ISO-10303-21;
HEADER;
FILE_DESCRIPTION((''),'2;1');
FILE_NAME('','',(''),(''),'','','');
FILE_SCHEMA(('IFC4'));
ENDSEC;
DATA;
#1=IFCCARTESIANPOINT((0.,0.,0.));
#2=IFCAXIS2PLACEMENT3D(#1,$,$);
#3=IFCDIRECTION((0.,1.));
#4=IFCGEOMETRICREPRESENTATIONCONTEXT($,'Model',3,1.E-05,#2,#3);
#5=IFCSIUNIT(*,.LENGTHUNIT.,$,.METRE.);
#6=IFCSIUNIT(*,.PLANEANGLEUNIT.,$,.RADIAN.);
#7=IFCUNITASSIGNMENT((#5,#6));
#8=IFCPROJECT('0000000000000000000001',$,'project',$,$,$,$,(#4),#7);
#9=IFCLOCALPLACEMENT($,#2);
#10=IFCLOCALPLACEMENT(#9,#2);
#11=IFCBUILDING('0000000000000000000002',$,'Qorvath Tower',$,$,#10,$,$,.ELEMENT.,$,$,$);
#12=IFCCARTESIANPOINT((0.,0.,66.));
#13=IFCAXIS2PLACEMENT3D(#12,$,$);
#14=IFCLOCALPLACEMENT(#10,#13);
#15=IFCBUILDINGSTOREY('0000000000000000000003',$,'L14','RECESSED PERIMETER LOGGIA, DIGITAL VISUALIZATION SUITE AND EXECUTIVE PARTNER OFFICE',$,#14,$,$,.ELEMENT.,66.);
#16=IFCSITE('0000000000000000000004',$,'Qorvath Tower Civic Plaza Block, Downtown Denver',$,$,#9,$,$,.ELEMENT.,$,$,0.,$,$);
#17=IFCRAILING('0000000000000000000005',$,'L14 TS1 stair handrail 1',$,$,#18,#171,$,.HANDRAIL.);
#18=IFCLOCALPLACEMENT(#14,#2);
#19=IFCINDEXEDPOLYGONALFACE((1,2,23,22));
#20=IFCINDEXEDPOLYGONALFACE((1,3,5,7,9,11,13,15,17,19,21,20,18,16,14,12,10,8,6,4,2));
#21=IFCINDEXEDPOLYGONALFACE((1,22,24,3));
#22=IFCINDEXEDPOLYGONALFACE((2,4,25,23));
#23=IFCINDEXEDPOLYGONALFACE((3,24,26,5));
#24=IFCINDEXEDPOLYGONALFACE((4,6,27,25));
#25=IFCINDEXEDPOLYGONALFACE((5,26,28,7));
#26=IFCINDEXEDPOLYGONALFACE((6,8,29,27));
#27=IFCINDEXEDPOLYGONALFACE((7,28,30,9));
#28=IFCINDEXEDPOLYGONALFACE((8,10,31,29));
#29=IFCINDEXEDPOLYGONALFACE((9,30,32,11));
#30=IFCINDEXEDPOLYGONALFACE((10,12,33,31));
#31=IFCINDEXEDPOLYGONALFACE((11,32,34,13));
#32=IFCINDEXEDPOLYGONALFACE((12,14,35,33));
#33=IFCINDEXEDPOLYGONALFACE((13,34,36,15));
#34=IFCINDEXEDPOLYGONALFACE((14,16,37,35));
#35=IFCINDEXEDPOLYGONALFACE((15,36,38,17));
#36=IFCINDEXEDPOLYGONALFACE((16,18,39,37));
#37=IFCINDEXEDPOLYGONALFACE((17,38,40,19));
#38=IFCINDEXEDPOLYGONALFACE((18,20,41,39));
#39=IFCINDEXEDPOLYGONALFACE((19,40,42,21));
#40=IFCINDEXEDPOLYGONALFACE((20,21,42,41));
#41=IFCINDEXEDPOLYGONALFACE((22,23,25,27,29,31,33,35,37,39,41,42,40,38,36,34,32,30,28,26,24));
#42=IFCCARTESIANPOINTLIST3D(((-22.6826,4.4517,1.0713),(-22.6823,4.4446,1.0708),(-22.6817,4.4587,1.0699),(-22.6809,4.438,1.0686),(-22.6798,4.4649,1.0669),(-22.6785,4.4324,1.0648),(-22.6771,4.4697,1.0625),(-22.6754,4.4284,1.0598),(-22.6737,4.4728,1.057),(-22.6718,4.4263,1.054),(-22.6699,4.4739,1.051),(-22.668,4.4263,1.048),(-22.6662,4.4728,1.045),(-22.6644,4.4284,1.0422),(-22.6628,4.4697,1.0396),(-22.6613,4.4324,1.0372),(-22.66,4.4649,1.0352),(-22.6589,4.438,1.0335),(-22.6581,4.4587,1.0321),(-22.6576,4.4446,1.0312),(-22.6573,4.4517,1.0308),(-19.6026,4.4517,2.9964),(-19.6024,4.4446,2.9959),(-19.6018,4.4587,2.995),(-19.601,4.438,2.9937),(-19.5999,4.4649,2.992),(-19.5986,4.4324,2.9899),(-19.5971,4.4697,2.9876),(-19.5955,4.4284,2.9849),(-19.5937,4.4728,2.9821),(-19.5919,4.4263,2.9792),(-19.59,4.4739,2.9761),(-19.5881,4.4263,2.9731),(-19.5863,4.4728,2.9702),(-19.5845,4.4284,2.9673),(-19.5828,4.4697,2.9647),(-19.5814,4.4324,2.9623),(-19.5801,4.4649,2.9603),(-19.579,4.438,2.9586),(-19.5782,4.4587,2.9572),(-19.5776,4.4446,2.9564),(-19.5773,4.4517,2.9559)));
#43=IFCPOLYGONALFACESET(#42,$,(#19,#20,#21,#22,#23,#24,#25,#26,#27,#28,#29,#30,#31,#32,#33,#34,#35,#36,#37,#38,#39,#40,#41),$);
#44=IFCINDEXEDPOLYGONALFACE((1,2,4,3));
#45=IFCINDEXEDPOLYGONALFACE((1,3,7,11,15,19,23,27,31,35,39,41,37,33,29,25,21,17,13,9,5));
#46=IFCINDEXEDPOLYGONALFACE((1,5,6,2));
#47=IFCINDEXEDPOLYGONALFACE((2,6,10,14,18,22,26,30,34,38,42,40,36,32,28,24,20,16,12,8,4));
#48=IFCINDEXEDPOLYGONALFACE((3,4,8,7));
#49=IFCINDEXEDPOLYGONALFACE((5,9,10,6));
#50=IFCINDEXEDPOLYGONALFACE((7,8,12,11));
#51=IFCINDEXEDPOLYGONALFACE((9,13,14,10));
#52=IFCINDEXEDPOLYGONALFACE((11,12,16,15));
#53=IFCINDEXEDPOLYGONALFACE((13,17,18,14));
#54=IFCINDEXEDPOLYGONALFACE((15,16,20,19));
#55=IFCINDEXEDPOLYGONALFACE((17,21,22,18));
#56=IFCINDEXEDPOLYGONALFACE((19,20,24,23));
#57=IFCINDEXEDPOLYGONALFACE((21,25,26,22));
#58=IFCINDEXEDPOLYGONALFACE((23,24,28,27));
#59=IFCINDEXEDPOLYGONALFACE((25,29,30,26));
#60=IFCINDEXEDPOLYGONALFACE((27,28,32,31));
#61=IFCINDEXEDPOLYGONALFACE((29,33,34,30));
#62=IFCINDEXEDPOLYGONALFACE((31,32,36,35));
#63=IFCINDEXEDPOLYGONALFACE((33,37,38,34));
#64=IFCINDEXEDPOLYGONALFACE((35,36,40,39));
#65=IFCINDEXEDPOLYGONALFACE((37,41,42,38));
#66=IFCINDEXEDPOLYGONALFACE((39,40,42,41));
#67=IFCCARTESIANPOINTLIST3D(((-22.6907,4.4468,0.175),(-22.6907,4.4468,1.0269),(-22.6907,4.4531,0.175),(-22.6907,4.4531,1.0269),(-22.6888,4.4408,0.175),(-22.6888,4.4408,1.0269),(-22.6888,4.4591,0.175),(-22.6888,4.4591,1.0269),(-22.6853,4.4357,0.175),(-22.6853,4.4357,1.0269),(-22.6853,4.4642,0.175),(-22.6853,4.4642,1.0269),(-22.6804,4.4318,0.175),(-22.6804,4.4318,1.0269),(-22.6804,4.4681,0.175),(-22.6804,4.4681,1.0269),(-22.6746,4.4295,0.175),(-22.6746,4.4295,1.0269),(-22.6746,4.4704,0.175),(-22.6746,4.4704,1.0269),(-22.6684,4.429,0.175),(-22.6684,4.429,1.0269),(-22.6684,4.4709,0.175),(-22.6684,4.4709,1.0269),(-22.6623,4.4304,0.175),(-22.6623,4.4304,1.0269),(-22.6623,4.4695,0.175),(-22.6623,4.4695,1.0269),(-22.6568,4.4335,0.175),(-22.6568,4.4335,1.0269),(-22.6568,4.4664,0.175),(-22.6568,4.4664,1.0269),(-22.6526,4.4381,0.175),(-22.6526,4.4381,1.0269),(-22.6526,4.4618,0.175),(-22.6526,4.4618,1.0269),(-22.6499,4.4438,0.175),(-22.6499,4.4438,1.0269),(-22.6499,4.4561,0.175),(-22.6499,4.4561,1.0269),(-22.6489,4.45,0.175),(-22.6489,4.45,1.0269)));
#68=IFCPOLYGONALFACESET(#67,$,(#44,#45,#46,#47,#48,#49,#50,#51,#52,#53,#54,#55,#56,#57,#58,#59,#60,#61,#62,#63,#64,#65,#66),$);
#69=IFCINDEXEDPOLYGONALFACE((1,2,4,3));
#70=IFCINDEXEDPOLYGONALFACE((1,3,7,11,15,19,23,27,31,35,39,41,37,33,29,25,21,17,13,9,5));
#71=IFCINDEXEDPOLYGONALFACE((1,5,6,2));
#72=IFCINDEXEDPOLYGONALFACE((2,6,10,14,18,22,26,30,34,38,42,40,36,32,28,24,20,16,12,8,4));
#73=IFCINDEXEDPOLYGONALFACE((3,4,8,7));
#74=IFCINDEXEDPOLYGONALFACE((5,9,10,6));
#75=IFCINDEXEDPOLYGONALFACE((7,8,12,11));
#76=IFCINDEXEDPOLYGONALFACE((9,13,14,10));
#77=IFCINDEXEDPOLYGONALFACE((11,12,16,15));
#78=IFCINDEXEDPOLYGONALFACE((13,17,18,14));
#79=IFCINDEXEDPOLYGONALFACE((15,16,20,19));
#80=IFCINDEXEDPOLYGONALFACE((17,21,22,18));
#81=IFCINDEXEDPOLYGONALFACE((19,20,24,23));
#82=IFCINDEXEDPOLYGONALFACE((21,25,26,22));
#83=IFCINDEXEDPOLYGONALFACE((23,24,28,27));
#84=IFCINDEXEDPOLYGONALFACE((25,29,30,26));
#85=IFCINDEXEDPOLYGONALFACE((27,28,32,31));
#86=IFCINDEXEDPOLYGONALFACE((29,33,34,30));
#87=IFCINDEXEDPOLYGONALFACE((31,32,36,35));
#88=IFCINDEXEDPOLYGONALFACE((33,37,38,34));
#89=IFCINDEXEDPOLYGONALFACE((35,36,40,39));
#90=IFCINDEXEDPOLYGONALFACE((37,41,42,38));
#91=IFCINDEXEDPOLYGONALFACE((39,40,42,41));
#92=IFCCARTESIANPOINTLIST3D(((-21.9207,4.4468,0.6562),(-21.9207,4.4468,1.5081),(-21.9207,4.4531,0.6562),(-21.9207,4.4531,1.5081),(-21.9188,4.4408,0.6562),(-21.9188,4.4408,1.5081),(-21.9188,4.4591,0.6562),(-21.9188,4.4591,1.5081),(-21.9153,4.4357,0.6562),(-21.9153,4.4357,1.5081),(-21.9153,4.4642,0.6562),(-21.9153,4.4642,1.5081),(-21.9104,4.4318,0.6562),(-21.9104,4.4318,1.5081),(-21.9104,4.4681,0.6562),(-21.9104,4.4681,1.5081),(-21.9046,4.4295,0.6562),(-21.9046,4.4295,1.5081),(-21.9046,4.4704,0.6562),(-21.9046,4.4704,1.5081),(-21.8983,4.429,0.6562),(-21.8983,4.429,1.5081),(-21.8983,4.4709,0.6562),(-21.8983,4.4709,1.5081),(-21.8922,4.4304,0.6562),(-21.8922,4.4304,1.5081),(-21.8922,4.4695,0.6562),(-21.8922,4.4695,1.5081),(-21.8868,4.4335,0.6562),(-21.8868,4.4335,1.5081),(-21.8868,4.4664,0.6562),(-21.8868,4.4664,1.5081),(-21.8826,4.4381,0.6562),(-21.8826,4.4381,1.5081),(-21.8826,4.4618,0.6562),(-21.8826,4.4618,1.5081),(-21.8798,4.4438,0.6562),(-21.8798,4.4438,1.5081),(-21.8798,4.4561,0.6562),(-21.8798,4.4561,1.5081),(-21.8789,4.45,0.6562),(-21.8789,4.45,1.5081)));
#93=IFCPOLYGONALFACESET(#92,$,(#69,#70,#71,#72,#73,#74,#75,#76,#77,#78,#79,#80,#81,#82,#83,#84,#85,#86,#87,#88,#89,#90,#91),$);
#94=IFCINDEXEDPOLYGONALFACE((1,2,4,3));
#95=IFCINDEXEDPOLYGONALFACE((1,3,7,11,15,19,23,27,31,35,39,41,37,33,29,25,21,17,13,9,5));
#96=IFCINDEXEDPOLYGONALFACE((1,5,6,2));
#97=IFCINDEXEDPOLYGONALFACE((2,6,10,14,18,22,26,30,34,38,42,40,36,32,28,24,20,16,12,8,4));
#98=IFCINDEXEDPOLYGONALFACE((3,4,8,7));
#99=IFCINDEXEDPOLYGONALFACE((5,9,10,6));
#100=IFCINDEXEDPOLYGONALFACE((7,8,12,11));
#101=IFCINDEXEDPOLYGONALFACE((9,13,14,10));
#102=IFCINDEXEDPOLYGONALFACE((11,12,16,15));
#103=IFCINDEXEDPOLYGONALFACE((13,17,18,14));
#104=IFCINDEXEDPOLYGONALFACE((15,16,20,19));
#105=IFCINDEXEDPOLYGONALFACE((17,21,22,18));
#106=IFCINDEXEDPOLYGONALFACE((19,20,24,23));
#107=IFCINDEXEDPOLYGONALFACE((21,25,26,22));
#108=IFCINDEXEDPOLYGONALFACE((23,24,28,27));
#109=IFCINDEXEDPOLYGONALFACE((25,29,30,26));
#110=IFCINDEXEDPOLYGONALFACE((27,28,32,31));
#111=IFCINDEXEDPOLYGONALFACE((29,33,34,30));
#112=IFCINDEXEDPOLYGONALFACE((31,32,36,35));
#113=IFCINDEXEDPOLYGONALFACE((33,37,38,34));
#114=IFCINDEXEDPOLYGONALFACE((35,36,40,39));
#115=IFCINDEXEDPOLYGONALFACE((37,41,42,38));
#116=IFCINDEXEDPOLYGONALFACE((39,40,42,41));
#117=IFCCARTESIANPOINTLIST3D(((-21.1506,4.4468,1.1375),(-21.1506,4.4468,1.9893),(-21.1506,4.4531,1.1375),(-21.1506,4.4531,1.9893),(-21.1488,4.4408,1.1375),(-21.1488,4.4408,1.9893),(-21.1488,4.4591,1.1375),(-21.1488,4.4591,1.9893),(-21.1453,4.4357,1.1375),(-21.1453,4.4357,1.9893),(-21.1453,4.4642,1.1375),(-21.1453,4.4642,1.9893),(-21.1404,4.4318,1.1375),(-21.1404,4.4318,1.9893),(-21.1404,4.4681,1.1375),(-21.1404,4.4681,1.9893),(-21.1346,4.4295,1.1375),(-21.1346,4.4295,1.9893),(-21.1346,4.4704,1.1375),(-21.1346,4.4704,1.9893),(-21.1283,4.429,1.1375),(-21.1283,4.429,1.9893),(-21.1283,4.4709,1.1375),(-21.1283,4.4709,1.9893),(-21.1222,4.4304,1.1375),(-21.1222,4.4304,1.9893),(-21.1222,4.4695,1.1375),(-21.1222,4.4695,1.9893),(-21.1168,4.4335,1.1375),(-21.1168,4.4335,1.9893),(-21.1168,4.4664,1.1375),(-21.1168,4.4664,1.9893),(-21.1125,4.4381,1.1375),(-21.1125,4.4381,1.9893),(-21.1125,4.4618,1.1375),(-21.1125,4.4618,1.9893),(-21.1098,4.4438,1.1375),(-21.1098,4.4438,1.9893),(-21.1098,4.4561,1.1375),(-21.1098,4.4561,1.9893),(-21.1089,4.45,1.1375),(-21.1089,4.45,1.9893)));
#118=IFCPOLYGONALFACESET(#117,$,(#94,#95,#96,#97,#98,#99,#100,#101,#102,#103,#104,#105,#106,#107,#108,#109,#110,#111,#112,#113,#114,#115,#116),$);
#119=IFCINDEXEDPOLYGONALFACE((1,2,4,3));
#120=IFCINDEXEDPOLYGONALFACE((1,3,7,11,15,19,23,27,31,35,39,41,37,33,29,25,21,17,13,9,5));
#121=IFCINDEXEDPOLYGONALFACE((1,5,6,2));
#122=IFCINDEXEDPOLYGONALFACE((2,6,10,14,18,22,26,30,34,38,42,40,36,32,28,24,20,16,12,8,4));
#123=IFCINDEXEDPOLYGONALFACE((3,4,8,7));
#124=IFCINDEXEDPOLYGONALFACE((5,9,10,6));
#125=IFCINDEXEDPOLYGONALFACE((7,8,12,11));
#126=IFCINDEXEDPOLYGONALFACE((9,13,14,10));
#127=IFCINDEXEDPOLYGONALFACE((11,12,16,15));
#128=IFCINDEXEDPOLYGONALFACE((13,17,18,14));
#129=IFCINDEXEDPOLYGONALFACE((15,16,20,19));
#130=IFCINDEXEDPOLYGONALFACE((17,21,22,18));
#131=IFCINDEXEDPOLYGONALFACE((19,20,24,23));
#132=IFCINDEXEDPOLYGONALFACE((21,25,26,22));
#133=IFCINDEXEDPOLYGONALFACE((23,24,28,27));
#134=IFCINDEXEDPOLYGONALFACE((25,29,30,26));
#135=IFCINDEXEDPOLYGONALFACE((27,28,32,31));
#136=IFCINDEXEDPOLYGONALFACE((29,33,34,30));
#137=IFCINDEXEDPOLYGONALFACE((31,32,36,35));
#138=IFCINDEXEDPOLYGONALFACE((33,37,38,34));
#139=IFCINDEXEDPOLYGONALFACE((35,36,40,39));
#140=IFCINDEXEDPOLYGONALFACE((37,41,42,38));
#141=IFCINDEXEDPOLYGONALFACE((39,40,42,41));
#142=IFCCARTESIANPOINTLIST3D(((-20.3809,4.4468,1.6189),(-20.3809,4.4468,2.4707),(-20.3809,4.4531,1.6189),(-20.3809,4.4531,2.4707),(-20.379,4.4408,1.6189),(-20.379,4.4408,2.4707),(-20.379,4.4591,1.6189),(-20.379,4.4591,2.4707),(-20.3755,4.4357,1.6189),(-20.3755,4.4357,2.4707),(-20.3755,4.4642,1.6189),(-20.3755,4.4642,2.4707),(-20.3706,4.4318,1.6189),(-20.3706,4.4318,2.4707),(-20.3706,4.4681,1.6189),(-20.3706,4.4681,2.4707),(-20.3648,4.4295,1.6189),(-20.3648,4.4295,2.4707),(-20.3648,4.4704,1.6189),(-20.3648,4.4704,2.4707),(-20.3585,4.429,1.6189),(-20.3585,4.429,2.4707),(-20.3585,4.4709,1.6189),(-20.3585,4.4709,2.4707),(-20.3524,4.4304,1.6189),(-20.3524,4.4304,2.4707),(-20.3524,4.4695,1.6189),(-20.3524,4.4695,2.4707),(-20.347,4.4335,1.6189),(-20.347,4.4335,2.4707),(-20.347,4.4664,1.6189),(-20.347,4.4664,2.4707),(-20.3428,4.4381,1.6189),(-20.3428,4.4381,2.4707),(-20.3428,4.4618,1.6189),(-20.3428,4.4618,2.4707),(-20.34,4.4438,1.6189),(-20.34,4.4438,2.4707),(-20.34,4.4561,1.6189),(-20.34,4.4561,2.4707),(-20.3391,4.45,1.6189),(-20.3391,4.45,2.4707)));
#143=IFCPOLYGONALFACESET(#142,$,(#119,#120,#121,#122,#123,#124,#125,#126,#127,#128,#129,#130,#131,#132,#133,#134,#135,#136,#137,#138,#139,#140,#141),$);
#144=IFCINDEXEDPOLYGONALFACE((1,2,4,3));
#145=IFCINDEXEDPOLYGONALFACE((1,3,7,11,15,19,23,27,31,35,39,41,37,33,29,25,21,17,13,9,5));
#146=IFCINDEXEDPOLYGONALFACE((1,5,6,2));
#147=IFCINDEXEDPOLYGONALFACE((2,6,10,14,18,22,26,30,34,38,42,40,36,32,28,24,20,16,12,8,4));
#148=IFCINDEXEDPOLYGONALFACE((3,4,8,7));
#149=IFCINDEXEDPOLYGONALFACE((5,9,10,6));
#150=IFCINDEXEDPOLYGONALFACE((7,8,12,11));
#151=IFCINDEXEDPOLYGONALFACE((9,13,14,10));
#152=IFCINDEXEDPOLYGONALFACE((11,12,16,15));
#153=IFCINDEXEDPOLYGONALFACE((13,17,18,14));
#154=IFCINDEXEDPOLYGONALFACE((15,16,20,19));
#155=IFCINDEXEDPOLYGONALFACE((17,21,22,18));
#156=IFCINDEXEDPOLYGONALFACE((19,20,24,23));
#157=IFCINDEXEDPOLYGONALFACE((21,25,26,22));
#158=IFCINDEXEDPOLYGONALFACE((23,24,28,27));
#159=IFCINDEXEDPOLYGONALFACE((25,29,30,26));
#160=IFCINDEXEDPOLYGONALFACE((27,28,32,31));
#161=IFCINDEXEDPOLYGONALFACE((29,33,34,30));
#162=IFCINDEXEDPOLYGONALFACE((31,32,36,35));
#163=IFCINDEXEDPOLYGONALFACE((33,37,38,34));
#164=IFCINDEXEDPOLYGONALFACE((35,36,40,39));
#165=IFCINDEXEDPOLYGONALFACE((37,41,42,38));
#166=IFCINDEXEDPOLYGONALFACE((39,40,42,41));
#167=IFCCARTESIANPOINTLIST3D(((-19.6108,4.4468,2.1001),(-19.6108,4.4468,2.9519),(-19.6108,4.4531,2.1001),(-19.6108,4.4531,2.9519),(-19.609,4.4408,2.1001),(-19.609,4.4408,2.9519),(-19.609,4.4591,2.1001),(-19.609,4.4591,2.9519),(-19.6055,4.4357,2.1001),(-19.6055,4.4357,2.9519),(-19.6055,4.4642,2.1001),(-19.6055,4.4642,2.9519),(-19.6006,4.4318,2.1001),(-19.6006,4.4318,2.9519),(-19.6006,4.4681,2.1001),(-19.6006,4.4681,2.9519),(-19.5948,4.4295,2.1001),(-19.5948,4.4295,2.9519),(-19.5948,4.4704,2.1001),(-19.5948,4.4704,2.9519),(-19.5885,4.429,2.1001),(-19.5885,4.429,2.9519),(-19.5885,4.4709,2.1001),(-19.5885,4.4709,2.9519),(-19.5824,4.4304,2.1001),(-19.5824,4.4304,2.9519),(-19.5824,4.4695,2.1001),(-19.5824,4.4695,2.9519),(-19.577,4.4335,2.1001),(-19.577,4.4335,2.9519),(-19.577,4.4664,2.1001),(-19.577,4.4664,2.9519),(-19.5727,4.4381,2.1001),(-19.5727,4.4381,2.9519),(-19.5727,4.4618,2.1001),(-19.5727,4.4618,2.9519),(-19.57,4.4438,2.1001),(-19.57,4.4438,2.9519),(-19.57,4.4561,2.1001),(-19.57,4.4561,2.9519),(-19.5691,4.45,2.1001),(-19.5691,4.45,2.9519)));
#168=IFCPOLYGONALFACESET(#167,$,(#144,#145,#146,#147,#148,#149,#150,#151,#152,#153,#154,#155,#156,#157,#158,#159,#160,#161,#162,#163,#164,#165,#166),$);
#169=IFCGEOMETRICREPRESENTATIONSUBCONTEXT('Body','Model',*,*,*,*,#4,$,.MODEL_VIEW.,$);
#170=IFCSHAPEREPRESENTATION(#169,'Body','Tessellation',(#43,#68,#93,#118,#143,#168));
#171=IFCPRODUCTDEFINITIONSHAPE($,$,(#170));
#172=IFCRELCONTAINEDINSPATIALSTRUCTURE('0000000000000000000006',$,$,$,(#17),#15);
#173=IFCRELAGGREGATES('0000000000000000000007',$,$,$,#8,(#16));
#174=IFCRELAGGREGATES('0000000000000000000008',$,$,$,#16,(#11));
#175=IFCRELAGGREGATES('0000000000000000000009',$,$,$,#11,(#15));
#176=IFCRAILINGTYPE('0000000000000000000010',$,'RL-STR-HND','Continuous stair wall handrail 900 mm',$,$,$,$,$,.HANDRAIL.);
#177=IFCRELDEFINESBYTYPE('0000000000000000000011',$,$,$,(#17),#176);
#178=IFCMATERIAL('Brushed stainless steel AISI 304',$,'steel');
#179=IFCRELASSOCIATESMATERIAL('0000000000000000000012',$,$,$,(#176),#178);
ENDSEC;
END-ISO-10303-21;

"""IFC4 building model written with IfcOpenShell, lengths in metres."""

from ifc_helpers import new_model, si_unit, direction, frame, origin, origin_2d, place, context, subcontext, project, spatial, circle, extrude, material, type_object, element, save


model = new_model("IFC4")

# Units and contexts
model_context = context("Model", 3, precision=1e-05, world=origin(), true_north=direction((0.0, 1.0)))
body_context = subcontext(model_context, "Body", "Model", "MODEL_VIEW")
ifc_project = project(units=[si_unit("LENGTHUNIT", "METRE"), si_unit("PLANEANGLEUNIT", "RADIAN")], contexts=[model_context])

# Site, building, storey
site_placement = place(None, origin())
site = spatial("IfcSite", under=ifc_project, at=site_placement, Name="Qorvath Tower Civic Plaza Block, Downtown Denver", CompositionType="ELEMENT", RefElevation=0.0)
building_placement = place(site_placement, origin())
building = spatial("IfcBuilding", under=site, at=building_placement, Name="Qorvath Tower", CompositionType="ELEMENT")
storey_placement = place(building_placement, frame((0.0, 0.0, 66.0)))
storey = spatial("IfcBuildingStorey", under=building, at=storey_placement, Name="L14", Description="RECESSED PERIMETER LOGGIA, DIGITAL VISUALIZATION SUITE AND EXECUTIVE PARTNER OFFICE", CompositionType="ELEMENT", Elevation=66.0)

# Railing
ifc_material_1 = material(Name="Brushed stainless steel AISI 304", Category="steel")
railing_type_1 = type_object("IfcRailingType", Name="RL-STR-HND", Description="Continuous stair wall handrail 900 mm", PredefinedType="HANDRAIL", material=ifc_material_1)
railing_1_placement = place(storey_placement, frame((-22.6699, 4.45, 0.175)))
element("IfcRailing", 1, at=railing_1_placement, inside=storey, type_object=railing_type_1, Name="L14 TS1 stair handrail 1", PredefinedType="HANDRAIL", context=body_context, shape_type="SweptSolid", body=[
    extrude(circle(Radius=0.0239, at=origin_2d()), frame((0.0, 0.0, 0.876), z_axis=(0.847979, 0.0, 0.530029), x_axis=(0.0, 1.0, 0.0)), (0.0, 0.0, 1.0), 3.6321),
    extrude(circle(Radius=0.021, at=origin_2d()), origin(), (0.0, 0.0, 1.0), 0.8518),
    extrude(circle(Radius=0.021, at=origin_2d()), frame((0.77, 0.0, 0.4812)), (0.0, 0.0, 1.0), 0.8518),
    extrude(circle(Radius=0.021, at=origin_2d()), frame((1.54, 0.0, 0.9624)), (0.0, 0.0, 1.0), 0.8518),
    extrude(circle(Radius=0.021, at=origin_2d()), frame((2.3098, 0.0, 1.4438)), (0.0, 0.0, 1.0), 0.8518),
    extrude(circle(Radius=0.021, at=origin_2d()), frame((3.0798, 0.0, 1.925)), (0.0, 0.0, 1.0), 0.8518),
])

save(model, "model.ifc")
